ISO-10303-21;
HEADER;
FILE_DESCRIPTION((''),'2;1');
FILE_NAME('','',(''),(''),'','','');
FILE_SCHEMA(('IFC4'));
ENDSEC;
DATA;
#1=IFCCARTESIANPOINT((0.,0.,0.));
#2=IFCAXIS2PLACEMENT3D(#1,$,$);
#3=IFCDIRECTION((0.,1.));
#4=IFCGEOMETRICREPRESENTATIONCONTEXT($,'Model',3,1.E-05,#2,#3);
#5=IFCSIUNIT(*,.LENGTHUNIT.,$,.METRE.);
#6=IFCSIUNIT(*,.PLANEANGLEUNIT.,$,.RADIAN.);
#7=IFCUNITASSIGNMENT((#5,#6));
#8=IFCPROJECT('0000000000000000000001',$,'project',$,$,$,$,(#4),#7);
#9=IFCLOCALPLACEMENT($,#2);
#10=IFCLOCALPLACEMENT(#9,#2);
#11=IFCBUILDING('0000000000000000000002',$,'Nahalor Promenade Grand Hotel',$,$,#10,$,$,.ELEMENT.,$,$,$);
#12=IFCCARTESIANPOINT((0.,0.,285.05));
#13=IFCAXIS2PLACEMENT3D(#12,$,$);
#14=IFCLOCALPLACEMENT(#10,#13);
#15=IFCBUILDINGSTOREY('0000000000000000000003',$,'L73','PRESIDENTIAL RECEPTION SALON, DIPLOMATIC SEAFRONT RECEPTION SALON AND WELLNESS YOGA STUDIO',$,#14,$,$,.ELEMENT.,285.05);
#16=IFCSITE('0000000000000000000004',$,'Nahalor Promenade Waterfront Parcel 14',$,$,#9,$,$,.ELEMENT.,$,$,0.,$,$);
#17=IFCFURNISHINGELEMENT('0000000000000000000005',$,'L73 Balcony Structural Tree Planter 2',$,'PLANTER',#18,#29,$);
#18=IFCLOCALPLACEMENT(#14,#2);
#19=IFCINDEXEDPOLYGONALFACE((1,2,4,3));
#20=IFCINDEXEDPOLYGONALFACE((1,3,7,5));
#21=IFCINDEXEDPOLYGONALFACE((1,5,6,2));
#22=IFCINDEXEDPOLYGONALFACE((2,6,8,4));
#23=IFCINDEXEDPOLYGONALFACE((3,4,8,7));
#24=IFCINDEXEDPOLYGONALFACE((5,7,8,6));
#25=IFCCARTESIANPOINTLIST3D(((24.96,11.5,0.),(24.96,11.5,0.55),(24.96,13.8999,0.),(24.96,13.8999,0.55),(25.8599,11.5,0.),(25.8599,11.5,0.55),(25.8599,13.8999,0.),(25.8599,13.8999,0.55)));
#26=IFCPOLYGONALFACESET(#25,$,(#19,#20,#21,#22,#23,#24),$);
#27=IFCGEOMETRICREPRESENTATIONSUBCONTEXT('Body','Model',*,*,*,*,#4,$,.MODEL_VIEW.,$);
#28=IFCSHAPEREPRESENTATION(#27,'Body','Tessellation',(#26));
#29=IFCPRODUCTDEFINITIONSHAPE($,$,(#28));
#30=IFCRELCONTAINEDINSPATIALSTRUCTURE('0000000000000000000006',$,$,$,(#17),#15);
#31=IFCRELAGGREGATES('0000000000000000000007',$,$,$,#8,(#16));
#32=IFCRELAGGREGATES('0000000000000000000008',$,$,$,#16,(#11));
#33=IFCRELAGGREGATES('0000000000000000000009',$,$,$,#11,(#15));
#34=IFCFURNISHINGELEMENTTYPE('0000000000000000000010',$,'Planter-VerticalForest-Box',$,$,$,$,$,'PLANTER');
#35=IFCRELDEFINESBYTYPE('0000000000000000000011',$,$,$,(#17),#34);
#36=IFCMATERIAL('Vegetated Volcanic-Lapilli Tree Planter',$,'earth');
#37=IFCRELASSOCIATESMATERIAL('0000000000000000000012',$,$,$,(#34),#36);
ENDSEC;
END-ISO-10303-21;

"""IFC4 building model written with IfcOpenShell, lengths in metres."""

from ifc_helpers import new_model, si_unit, direction, frame, origin, origin_2d, place, context, subcontext, project, spatial, rectangle, extrude, source, transform, mapped, material, type_object, element, save


model = new_model("IFC4")

# Units and contexts
model_context = context("Model", 3, precision=1e-05, world=origin(), true_north=direction((0.0, 1.0)))
body_context = subcontext(model_context, "Body", "Model", "MODEL_VIEW")
ifc_project = project(units=[si_unit("LENGTHUNIT", "METRE"), si_unit("PLANEANGLEUNIT", "RADIAN")], contexts=[model_context])

# Site, building, storey
site_placement = place(None, origin())
site = spatial("IfcSite", under=ifc_project, at=site_placement, Name="Nahalor Promenade Waterfront Parcel 14", CompositionType="ELEMENT", RefElevation=0.0)
building_placement = place(site_placement, origin())
building = spatial("IfcBuilding", under=site, at=building_placement, Name="Nahalor Promenade Grand Hotel", CompositionType="ELEMENT")
storey_placement = place(building_placement, frame((0.0, 0.0, 285.05)))
storey = spatial("IfcBuildingStorey", under=building, at=storey_placement, Name="L73", Description="PRESIDENTIAL RECEPTION SALON, DIPLOMATIC SEAFRONT RECEPTION SALON AND WELLNESS YOGA STUDIO", CompositionType="ELEMENT", Elevation=285.05)

# Furnishing element
ifc_material_1 = material(Name="Vegetated Volcanic-Lapilli Tree Planter", Category="earth")
furnishing_element_type = type_object("IfcFurnishingElementType", Name="Planter-VerticalForest-Box", ElementType="PLANTER", material=ifc_material_1)
shared_shape_1 = source(origin(), body_context, "Body", "SweptSolid", [
    extrude(rectangle(XDim=2.3999, YDim=0.8999, at=origin_2d()), origin(), (0.0, 0.0, 1.0), 0.55),
])
furnishing_placement = place(storey_placement, frame((25.4099, 12.7, 0.0), z_axis=(0.0, 0.0, 1.0), x_axis=(0.0, 1.0, 0.0)))
element("IfcFurnishingElement", 1, at=furnishing_placement, inside=storey, type_object=furnishing_element_type, Name="L73 Balcony Structural Tree Planter 2", ObjectType="PLANTER", context=body_context, shape_type="MappedRepresentation", body=[
    mapped(shared_shape_1, transform((0.0, 0.0, 0.0), scale=1.0)),
])

save(model, "model.ifc")
